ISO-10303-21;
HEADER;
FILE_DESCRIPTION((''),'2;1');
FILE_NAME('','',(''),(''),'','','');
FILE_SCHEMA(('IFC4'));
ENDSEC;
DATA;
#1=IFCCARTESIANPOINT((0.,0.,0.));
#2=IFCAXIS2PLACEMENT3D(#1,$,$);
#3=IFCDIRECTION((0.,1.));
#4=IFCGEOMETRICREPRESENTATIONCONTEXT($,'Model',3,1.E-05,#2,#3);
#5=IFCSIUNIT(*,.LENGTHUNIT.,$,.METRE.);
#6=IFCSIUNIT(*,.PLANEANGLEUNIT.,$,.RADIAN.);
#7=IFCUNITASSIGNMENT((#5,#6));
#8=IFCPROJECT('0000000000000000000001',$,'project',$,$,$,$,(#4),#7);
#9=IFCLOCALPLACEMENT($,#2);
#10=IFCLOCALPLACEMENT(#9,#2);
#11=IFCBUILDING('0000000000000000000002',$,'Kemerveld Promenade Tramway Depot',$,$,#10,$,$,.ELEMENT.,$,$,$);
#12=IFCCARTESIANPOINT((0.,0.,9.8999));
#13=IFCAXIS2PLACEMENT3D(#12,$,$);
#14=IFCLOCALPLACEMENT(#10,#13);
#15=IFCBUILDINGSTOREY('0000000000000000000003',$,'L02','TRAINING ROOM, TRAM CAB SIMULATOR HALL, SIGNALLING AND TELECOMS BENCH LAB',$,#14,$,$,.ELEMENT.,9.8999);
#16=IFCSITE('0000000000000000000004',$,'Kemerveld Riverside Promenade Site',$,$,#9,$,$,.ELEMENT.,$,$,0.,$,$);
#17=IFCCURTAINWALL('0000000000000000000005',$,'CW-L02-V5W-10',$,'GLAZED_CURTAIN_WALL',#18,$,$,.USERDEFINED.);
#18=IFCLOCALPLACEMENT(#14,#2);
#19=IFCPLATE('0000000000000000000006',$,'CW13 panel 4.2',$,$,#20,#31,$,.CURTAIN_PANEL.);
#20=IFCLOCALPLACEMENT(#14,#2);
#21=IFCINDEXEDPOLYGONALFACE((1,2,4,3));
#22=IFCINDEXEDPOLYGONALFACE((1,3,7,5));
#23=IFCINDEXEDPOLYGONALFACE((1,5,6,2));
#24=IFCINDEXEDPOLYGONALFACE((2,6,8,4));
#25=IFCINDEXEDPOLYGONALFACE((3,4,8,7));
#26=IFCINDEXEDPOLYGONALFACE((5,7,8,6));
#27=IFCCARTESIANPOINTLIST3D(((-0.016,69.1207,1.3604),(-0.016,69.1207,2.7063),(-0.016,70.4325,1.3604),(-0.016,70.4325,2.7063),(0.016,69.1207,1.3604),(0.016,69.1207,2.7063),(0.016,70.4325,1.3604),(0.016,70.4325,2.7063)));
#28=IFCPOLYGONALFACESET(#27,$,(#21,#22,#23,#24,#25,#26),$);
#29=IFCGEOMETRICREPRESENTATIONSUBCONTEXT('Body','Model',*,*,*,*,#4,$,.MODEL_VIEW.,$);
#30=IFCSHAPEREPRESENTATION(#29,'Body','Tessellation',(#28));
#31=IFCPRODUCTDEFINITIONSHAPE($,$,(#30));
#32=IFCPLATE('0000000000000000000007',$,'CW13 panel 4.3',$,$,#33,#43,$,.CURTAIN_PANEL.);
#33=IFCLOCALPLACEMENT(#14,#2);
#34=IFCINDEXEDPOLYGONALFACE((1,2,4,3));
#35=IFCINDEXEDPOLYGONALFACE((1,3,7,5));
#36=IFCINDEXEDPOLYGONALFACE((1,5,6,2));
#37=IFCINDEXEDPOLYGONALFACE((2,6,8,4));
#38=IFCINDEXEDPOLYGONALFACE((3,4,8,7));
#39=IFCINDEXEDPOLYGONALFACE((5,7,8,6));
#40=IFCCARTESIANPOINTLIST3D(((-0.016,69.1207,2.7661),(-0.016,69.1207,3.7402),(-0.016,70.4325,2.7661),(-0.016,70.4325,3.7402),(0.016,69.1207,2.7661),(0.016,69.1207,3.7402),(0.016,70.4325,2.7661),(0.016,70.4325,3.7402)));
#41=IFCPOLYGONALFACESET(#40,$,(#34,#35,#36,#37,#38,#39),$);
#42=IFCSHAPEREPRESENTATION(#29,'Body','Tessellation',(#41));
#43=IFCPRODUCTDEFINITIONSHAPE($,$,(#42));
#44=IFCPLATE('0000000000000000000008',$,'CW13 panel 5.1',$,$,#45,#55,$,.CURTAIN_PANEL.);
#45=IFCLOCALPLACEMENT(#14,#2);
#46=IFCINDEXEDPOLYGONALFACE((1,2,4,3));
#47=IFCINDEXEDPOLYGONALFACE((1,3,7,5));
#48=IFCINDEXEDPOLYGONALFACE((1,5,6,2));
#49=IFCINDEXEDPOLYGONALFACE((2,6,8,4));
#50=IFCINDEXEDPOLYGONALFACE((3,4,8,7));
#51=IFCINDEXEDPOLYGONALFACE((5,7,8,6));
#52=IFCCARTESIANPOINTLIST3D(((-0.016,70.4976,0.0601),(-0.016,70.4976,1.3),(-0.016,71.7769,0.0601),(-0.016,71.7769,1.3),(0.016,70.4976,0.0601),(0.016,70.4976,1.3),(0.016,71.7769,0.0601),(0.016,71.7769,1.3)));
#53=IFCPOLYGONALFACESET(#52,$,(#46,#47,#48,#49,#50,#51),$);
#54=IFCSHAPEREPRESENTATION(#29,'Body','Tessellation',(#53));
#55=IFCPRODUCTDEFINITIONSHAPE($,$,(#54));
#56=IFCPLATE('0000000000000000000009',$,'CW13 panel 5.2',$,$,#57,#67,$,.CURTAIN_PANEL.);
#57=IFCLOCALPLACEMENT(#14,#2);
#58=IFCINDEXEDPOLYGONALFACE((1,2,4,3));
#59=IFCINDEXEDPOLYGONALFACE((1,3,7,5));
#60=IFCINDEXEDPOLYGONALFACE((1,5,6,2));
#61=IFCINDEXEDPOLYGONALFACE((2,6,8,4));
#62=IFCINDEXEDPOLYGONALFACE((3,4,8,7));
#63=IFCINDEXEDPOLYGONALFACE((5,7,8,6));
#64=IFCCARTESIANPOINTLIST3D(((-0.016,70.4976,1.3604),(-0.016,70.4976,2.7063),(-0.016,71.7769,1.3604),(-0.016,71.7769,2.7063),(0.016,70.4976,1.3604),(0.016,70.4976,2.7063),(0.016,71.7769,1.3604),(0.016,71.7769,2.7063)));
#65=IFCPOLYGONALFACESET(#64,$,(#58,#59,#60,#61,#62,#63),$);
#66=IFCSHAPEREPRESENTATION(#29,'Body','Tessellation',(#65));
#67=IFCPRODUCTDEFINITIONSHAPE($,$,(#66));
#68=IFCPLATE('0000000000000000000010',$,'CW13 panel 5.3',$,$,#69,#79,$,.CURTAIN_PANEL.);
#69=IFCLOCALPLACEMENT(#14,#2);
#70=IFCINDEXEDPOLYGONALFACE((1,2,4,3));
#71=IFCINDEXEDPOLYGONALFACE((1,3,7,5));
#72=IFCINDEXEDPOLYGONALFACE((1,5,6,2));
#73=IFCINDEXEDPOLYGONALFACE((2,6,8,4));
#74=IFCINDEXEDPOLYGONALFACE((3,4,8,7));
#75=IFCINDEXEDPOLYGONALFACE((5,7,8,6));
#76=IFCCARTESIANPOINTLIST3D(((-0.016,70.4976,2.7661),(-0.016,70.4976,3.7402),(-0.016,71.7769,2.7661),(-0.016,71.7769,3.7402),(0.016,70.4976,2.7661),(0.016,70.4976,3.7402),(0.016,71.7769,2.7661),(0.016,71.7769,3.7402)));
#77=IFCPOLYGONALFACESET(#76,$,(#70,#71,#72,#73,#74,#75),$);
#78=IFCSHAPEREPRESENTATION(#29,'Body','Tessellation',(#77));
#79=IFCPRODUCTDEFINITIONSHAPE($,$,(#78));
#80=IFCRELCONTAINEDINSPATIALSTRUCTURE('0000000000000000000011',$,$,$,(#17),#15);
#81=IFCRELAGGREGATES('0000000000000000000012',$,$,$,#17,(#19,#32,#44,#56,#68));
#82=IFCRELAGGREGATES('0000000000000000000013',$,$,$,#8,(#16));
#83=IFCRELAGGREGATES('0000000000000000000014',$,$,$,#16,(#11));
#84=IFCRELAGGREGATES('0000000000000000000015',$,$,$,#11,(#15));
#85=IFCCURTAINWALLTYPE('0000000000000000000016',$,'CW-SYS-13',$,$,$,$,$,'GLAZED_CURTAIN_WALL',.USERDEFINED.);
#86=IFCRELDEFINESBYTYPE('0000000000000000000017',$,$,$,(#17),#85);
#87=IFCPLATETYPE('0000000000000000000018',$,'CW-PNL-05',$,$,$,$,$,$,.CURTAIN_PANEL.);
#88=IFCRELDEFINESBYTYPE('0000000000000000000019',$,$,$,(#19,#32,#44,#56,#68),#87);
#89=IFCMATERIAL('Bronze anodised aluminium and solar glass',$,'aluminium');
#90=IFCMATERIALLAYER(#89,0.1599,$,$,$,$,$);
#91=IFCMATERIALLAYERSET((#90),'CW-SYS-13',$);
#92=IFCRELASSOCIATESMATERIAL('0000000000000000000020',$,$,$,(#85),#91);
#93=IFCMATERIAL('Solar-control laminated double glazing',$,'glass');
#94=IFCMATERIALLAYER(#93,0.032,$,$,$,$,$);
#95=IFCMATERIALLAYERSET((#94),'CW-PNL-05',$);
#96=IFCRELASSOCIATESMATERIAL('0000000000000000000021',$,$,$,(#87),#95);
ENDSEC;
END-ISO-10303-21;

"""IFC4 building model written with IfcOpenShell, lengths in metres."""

from ifc_helpers import new_model, si_unit, direction, frame, origin, origin_2d, place, context, subcontext, project, spatial, rectangle, extrude, material, layer, layer_set, type_object, element, aggregate, save


model = new_model("IFC4")

# Units and contexts
model_context = context("Model", 3, precision=1e-05, world=origin(), true_north=direction((0.0, 1.0)))
body_context = subcontext(model_context, "Body", "Model", "MODEL_VIEW")
ifc_project = project(units=[si_unit("LENGTHUNIT", "METRE"), si_unit("PLANEANGLEUNIT", "RADIAN")], contexts=[model_context])

# Site, building, storey
site_placement = place(None, origin())
site = spatial("IfcSite", under=ifc_project, at=site_placement, Name="Kemerveld Riverside Promenade Site", CompositionType="ELEMENT", RefElevation=0.0)
building_placement = place(site_placement, origin())
building = spatial("IfcBuilding", under=site, at=building_placement, Name="Kemerveld Promenade Tramway Depot", CompositionType="ELEMENT")
storey_placement = place(building_placement, frame((0.0, 0.0, 9.8999)))
storey = spatial("IfcBuildingStorey", under=building, at=storey_placement, Name="L02", Description="TRAINING ROOM, TRAM CAB SIMULATOR HALL, SIGNALLING AND TELECOMS BENCH LAB", CompositionType="ELEMENT", Elevation=9.8999)

# Curtain wall, plates
ifc_material_1 = material(Name="Bronze anodised aluminium and solar glass", Category="aluminium")
ifc_layer_1 = layer(ifc_material_1, 0.1599)
ifc_layer_set_1 = layer_set([ifc_layer_1], Name="CW-SYS-13")
curtain_wall_type = type_object("IfcCurtainWallType", Name="CW-SYS-13", ElementType="GLAZED_CURTAIN_WALL", PredefinedType="USERDEFINED", material=ifc_layer_set_1)
curtain_wall_placement = place(storey_placement, origin())
curtain_wall = element("IfcCurtainWall", 1, at=curtain_wall_placement, inside=storey, type_object=curtain_wall_type, Name="CW-L02-V5W-10", ObjectType="GLAZED_CURTAIN_WALL", PredefinedType="USERDEFINED")
ifc_material_2 = material(Name="Solar-control laminated double glazing", Category="glass")
ifc_layer_2 = layer(ifc_material_2, 0.032)
ifc_layer_set_2 = layer_set([ifc_layer_2], Name="CW-PNL-05")
plate_type = type_object("IfcPlateType", Name="CW-PNL-05", PredefinedType="CURTAIN_PANEL", material=ifc_layer_set_2)
plate_1_placement = place(storey_placement, frame((0.0, 69.7766, 1.3604), z_axis=(0.0, 0.0, 1.0), x_axis=(0.0, 1.0, 0.0)))
plate_1 = element("IfcPlate", 2, at=plate_1_placement, type_object=plate_type, Name="CW13 panel 4.2", PredefinedType="CURTAIN_PANEL", context=body_context, shape_type="SweptSolid", body=[
    extrude(rectangle(XDim=1.3118, YDim=0.032, at=origin_2d()), origin(), (0.0, 0.0, 1.0), 1.3459),
])
plate_2_placement = place(storey_placement, frame((0.0, 69.7766, 2.7661), z_axis=(0.0, 0.0, 1.0), x_axis=(0.0, 1.0, 0.0)))
plate_2 = element("IfcPlate", 3, at=plate_2_placement, type_object=plate_type, Name="CW13 panel 4.3", PredefinedType="CURTAIN_PANEL", context=body_context, shape_type="SweptSolid", body=[
    extrude(rectangle(XDim=1.3118, YDim=0.032, at=origin_2d()), origin(), (0.0, 0.0, 1.0), 0.9741),
])
plate_3_placement = place(storey_placement, frame((0.0, 71.1372, 0.0601), z_axis=(0.0, 0.0, 1.0), x_axis=(0.0, 1.0, 0.0)))
plate_3 = element("IfcPlate", 4, at=plate_3_placement, type_object=plate_type, Name="CW13 panel 5.1", PredefinedType="CURTAIN_PANEL", context=body_context, shape_type="SweptSolid", body=[
    extrude(rectangle(XDim=1.2793, YDim=0.032, at=origin_2d()), origin(), (0.0, 0.0, 1.0), 1.24),
])
plate_4_placement = place(storey_placement, frame((0.0, 71.1372, 1.3604), z_axis=(0.0, 0.0, 1.0), x_axis=(0.0, 1.0, 0.0)))
plate_4 = element("IfcPlate", 5, at=plate_4_placement, type_object=plate_type, Name="CW13 panel 5.2", PredefinedType="CURTAIN_PANEL", context=body_context, shape_type="SweptSolid", body=[
    extrude(rectangle(XDim=1.2793, YDim=0.032, at=origin_2d()), origin(), (0.0, 0.0, 1.0), 1.3459),
])
plate_5_placement = place(storey_placement, frame((0.0, 71.1372, 2.7661), z_axis=(0.0, 0.0, 1.0), x_axis=(0.0, 1.0, 0.0)))
plate_5 = element("IfcPlate", 6, at=plate_5_placement, type_object=plate_type, Name="CW13 panel 5.3", PredefinedType="CURTAIN_PANEL", context=body_context, shape_type="SweptSolid", body=[
    extrude(rectangle(XDim=1.2793, YDim=0.032, at=origin_2d()), origin(), (0.0, 0.0, 1.0), 0.9741),
])
aggregate(curtain_wall, [plate_1, plate_2, plate_3, plate_4, plate_5])

save(model, "model.ifc")
